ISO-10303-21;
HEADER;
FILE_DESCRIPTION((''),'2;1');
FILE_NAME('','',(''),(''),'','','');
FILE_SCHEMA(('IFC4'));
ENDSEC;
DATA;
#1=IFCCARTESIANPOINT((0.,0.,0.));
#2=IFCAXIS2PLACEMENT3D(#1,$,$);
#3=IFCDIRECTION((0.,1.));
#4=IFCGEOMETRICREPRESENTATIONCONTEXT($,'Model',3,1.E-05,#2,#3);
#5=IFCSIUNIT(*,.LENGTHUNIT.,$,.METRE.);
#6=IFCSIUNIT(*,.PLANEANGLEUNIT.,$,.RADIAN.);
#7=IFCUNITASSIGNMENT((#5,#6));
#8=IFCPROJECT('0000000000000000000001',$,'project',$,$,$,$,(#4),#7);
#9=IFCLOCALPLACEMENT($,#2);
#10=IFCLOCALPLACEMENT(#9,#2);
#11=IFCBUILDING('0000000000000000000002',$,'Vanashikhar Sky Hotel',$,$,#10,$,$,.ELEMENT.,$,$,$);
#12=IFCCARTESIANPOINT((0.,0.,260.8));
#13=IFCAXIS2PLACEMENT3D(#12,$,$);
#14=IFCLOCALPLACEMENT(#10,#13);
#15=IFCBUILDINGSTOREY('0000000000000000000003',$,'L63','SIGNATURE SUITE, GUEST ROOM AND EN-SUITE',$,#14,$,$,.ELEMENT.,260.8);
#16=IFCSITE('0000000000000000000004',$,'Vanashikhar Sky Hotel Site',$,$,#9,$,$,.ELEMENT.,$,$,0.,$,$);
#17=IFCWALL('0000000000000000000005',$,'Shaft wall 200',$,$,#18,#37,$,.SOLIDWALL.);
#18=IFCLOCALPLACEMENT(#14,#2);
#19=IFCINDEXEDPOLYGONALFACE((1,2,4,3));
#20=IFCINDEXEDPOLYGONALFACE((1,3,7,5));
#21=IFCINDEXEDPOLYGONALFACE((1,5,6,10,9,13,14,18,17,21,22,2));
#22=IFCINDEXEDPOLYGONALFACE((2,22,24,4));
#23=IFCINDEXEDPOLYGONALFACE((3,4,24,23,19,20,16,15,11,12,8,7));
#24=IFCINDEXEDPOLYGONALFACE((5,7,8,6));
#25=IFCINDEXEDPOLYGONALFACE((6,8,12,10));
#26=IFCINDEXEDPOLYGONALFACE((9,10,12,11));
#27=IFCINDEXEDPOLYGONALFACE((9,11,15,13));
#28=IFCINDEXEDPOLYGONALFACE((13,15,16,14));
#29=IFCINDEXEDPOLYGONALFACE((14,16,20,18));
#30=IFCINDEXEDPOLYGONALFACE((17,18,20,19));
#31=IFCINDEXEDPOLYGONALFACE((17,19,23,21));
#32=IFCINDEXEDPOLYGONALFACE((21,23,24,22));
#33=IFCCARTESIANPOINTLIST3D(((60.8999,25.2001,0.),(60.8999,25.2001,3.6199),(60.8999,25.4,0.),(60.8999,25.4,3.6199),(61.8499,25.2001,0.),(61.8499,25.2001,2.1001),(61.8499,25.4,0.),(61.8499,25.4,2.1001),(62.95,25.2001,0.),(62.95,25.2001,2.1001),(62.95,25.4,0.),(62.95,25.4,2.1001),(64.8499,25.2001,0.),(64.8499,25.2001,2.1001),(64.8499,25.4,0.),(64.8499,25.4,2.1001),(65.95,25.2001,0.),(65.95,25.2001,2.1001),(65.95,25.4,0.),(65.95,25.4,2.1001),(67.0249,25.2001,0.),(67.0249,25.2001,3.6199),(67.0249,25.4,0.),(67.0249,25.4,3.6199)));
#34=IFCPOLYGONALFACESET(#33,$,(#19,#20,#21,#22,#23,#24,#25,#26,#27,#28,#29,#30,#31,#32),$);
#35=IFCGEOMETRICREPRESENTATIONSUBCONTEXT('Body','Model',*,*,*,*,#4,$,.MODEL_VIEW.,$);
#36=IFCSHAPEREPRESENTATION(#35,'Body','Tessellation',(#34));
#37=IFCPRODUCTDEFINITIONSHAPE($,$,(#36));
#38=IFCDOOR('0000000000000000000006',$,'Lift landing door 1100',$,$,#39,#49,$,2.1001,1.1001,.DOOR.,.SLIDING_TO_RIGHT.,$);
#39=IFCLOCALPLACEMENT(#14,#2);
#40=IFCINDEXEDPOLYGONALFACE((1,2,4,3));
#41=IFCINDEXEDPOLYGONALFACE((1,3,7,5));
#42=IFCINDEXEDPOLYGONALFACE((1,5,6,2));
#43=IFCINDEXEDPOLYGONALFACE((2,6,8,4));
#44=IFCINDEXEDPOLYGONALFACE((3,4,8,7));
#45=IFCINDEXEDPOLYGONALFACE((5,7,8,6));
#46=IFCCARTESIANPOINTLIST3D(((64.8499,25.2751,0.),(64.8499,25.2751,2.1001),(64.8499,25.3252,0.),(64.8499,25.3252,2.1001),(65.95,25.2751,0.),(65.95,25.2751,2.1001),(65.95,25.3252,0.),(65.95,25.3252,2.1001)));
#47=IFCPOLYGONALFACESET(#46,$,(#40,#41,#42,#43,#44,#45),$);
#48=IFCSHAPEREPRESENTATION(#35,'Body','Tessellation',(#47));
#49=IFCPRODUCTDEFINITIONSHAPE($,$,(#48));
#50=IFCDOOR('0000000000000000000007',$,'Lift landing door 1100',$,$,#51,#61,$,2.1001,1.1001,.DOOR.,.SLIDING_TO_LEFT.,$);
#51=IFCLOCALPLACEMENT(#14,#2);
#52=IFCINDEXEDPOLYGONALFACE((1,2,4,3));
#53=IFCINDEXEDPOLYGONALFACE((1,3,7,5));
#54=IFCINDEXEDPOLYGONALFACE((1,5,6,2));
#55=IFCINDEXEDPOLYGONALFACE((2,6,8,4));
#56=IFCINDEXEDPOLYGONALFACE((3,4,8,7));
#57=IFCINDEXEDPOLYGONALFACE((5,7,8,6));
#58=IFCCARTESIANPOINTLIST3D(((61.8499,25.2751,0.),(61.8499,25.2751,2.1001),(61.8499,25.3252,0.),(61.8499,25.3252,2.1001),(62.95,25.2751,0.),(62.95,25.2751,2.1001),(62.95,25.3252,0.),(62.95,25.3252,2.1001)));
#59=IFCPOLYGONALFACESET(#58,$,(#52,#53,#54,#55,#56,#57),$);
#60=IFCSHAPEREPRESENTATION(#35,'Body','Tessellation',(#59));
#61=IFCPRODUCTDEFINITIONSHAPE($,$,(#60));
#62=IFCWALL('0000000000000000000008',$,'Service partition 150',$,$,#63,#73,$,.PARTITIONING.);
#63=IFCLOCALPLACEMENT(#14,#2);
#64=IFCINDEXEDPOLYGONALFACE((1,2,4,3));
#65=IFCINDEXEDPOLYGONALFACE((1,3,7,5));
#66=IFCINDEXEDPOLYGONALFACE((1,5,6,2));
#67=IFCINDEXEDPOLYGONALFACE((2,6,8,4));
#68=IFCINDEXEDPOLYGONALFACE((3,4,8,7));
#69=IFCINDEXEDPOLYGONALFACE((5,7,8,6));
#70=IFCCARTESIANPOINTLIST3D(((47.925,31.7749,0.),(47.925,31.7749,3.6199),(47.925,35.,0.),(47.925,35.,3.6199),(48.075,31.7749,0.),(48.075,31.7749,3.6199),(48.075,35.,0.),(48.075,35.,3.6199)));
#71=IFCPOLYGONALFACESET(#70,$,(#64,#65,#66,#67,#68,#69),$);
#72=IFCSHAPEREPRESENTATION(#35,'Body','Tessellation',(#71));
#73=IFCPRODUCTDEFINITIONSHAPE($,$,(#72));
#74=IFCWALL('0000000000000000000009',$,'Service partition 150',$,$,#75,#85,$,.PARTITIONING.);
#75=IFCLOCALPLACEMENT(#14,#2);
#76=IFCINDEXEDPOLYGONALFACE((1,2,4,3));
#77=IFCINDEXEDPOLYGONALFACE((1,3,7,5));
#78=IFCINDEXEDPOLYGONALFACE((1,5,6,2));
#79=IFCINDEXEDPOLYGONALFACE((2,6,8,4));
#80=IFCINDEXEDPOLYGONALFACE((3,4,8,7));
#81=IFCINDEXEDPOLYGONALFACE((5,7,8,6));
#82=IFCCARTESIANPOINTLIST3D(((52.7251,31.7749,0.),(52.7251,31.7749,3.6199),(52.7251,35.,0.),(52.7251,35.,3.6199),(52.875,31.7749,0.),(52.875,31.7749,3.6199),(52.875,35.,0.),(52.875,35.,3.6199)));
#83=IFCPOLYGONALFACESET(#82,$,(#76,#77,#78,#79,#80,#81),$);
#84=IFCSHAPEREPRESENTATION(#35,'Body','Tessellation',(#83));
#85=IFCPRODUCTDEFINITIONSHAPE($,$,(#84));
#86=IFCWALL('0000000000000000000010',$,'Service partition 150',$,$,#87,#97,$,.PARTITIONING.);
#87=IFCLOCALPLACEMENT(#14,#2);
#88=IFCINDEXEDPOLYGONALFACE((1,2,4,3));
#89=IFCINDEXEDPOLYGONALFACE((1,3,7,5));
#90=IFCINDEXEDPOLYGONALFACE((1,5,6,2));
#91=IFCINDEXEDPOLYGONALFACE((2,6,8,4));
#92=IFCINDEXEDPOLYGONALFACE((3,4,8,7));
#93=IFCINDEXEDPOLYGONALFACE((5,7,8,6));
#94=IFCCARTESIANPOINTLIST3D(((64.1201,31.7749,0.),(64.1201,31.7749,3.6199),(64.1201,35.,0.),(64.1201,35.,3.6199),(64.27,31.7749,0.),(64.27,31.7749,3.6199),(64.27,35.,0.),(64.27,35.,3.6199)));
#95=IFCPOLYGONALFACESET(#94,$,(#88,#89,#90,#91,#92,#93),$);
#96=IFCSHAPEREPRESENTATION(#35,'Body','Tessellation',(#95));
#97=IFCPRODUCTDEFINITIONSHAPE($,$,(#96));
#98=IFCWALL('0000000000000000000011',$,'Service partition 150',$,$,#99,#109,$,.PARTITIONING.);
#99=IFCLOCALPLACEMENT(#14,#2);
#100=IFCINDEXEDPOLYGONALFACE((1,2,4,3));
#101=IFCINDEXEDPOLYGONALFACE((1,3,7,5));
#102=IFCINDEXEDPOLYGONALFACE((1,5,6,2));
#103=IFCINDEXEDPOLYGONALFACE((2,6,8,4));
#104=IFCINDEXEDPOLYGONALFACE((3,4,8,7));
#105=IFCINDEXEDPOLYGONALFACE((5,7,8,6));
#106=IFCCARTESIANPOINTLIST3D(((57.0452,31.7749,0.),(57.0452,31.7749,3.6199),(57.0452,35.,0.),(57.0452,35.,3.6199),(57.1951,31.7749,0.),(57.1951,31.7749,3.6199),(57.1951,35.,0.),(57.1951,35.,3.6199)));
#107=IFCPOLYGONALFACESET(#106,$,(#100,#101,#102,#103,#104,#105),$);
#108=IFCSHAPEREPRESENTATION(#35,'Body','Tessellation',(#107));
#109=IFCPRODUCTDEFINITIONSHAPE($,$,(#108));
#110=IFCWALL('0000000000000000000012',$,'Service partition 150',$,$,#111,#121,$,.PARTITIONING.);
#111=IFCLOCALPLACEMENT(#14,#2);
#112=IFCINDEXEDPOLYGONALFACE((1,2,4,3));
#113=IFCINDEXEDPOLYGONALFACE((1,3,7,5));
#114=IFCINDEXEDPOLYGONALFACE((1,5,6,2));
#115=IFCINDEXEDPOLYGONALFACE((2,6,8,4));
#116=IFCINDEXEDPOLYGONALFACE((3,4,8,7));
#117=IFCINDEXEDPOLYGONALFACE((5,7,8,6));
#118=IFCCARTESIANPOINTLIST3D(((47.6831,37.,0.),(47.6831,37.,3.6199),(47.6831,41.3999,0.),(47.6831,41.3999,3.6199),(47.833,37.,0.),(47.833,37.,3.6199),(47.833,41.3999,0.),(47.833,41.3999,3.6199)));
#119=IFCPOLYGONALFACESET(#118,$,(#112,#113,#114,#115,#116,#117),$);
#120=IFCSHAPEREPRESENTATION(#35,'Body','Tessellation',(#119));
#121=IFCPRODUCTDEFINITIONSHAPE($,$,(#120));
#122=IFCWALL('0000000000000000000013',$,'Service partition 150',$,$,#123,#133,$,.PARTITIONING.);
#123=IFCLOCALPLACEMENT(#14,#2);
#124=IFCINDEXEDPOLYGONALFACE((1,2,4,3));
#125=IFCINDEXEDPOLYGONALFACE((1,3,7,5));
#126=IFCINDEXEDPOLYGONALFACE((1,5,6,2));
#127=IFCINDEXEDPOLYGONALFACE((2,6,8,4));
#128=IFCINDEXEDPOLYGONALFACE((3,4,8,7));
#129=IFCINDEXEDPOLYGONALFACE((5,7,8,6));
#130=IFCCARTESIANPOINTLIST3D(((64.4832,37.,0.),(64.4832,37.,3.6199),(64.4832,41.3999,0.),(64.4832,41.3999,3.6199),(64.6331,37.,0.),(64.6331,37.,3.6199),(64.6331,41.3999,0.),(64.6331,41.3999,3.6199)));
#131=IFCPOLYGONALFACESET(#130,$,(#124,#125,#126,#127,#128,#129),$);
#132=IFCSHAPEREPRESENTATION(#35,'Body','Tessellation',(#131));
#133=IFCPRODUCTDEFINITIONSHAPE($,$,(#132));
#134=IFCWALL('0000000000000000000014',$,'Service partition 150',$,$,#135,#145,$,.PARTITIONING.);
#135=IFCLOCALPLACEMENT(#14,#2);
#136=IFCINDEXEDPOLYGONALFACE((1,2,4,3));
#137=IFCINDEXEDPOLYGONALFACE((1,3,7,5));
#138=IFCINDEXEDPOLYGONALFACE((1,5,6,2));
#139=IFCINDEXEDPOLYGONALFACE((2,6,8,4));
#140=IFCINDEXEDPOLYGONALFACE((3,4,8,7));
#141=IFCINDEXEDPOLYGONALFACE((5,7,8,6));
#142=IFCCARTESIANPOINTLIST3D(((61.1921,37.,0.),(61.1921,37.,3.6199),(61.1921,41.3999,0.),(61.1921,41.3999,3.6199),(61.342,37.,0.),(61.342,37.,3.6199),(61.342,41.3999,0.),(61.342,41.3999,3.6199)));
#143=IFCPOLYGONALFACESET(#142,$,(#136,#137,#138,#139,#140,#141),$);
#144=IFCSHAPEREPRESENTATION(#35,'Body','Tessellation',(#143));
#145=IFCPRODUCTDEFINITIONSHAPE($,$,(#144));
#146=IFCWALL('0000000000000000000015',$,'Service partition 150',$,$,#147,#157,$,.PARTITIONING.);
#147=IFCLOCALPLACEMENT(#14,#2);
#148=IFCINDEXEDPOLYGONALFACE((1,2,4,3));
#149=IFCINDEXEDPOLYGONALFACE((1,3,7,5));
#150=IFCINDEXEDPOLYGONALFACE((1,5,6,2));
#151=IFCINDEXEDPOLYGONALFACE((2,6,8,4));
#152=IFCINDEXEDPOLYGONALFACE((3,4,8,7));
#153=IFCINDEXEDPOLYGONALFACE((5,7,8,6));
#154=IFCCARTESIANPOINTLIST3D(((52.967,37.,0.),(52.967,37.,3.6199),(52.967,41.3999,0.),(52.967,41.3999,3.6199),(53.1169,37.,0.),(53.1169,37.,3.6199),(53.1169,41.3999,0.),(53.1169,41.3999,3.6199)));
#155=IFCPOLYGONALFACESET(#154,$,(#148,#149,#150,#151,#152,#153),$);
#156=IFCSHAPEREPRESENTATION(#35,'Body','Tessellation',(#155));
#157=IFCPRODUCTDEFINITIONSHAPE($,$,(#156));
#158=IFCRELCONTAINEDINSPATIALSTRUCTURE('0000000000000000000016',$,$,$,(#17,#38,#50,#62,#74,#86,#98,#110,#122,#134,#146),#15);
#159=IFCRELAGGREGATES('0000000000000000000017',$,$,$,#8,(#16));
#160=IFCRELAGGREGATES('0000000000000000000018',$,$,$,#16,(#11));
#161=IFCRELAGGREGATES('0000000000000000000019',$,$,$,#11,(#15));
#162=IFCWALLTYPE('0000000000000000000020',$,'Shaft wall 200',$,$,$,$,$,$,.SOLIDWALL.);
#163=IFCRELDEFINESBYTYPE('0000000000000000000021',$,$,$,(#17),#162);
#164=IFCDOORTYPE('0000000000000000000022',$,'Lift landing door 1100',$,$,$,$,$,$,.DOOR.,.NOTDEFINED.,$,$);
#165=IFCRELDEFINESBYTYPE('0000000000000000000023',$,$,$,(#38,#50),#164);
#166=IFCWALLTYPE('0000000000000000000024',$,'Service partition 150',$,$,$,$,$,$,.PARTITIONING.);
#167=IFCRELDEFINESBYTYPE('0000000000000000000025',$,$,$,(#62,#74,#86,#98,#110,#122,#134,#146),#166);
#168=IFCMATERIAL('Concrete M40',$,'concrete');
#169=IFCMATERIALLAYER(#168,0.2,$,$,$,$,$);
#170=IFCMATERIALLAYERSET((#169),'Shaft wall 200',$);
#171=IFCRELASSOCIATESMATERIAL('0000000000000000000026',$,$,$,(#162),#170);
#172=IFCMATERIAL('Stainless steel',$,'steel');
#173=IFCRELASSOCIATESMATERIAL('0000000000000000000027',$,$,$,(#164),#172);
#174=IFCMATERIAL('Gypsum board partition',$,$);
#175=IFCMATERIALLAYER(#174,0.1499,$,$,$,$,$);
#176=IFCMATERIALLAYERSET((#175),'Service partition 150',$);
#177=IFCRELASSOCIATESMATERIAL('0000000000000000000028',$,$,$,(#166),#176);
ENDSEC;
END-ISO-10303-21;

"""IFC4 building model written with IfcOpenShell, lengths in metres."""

from ifc_helpers import new_model, si_unit, direction, frame, frame_2d, origin, place, context, subcontext, project, spatial, rectangle, extrude, source, transform, mapped, material, layer, layer_set, type_object, element, fill, save


model = new_model("IFC4")

# Units and contexts
model_context = context("Model", 3, precision=1e-05, world=origin(), true_north=direction((0.0, 1.0)))
body_context = subcontext(model_context, "Body", "Model", "MODEL_VIEW")
ifc_project = project(units=[si_unit("LENGTHUNIT", "METRE"), si_unit("PLANEANGLEUNIT", "RADIAN")], contexts=[model_context])

# Site, building, storey
site_placement = place(None, origin())
site = spatial("IfcSite", under=ifc_project, at=site_placement, Name="Vanashikhar Sky Hotel Site", CompositionType="ELEMENT", RefElevation=0.0)
building_placement = place(site_placement, origin())
building = spatial("IfcBuilding", under=site, at=building_placement, Name="Vanashikhar Sky Hotel", CompositionType="ELEMENT")
storey_placement = place(building_placement, frame((0.0, 0.0, 260.8)))
storey = spatial("IfcBuildingStorey", under=building, at=storey_placement, Name="L63", Description="SIGNATURE SUITE, GUEST ROOM AND EN-SUITE", CompositionType="ELEMENT", Elevation=260.8)

# Shared definitions
shared_shape_1 = source(origin(), body_context, "Body", "SweptSolid", [
    extrude(rectangle(XDim=1.1001, YDim=2.1001, at=frame_2d((0.55, 1.05))), frame((0.0, 0.0249, 0.0), z_axis=(0.0, -1.0, 0.0), x_axis=(1.0, 0.0, 0.0)), (0.0, 0.0, 1.0), 0.05),
])

# Shared definitions
ifc_material_1 = material(Name="Concrete M40", Category="concrete")
ifc_layer_1 = layer(ifc_material_1, 0.2)
ifc_layer_set_1 = layer_set([ifc_layer_1], Name="Shaft wall 200")
wall_type_1 = type_object("IfcWallType", Name="Shaft wall 200", PredefinedType="SOLIDWALL", material=ifc_layer_set_1)
shared_shape_2 = source(origin(), body_context, "Body", "SweptSolid", [
    extrude(rectangle(XDim=1.1001, YDim=2.1001, at=frame_2d((0.55, 1.05))), frame((0.0, 0.1099, 0.0), z_axis=(0.0, -1.0, 0.0), x_axis=(1.0, 0.0, 0.0)), (0.0, 0.0, 1.0), 0.22),
])
ifc_material_2 = material(Name="Stainless steel", Category="steel")
door_type_1 = type_object("IfcDoorType", Name="Lift landing door 1100", OperationType="NOTDEFINED", PredefinedType="DOOR", material=ifc_material_2)

# Wall, openings, doors
shared_shape_3 = source(origin(), body_context, "Body", "SweptSolid", [
    extrude(rectangle(XDim=6.125, YDim=0.2, at=frame_2d((3.0625, 0.0))), origin(), (0.0, 0.0, 1.0), 3.6199),
])
wall_1_placement = place(storey_placement, frame((67.0249, 25.3, 0.0), z_axis=(0.0, 0.0, 1.0), x_axis=(-1.0, 0.0, 0.0)))
wall_1 = element("IfcWall", 1, at=wall_1_placement, inside=storey, type_object=wall_type_1, Name="Shaft wall 200", PredefinedType="SOLIDWALL", context=body_context, shape_type="MappedRepresentation", body=[
    mapped(shared_shape_3, transform((0.0, 0.0, 0.0), scale=1.0)),
])
opening_1_placement = place(wall_1_placement, frame((1.075, 0.0, 0.0)))
opening_1 = element("IfcOpeningElement", 2, at=opening_1_placement, cuts=wall_1, PredefinedType="OPENING", context=body_context, shape_type="MappedRepresentation", body=[
    mapped(shared_shape_2, transform((0.0, 0.0, 0.0), scale=1.0)),
])
opening_2_placement = place(wall_1_placement, frame((4.075, 0.0, 0.0)))
opening_2 = element("IfcOpeningElement", 3, at=opening_2_placement, cuts=wall_1, PredefinedType="OPENING", context=body_context, shape_type="MappedRepresentation", body=[
    mapped(shared_shape_2, transform((0.0, 0.0, 0.0), scale=1.0)),
])
door_1_placement = place(opening_1_placement, origin())
door_1 = element("IfcDoor", 4, at=door_1_placement, inside=storey, type_object=door_type_1, Name="Lift landing door 1100", OperationType="SLIDING_TO_RIGHT", OverallHeight=2.1001, OverallWidth=1.1001, PredefinedType="DOOR", context=body_context, shape_type="MappedRepresentation", body=[
    mapped(shared_shape_1, transform((0.0, 0.0, 0.0), scale=1.0)),
])
fill(opening_1, door_1)
door_2_placement = place(opening_2_placement, origin())
door_2 = element("IfcDoor", 5, at=door_2_placement, inside=storey, type_object=door_type_1, Name="Lift landing door 1100", OperationType="SLIDING_TO_LEFT", OverallHeight=2.1001, OverallWidth=1.1001, PredefinedType="DOOR", context=body_context, shape_type="MappedRepresentation", body=[
    mapped(shared_shape_1, transform((0.0, 0.0, 0.0), scale=1.0)),
])
fill(opening_2, door_2)

# Walls
ifc_material_3 = material(Name="Gypsum board partition")
ifc_layer_2 = layer(ifc_material_3, 0.1499)
ifc_layer_set_2 = layer_set([ifc_layer_2], Name="Service partition 150")
wall_type_2 = type_object("IfcWallType", Name="Service partition 150", PredefinedType="PARTITIONING", material=ifc_layer_set_2)
shared_shape_4 = source(origin(), body_context, "Body", "SweptSolid", [
    extrude(rectangle(XDim=3.2251, YDim=0.1499, at=frame_2d((1.6125, 0.0))), origin(), (0.0, 0.0, 1.0), 3.6199),
])
for number, where, z_axis, x_axis, name in (
    (6, (48.0, 31.7749, 0.0), (0.0, 0.0, 1.0), (0.0, 1.0, 0.0), "Service partition 150"),
    (7, (52.8, 31.7749, 0.0), (0.0, 0.0, 1.0), (0.0, 1.0, 0.0), "Service partition 150"),
    (8, (64.1951, 31.7749, 0.0), (0.0, 0.0, 1.0), (0.0, 1.0, 0.0), "Service partition 150"),
    (9, (57.1201, 31.7749, 0.0), (0.0, 0.0, 1.0), (0.0, 1.0, 0.0), "Service partition 150"),
):
    element("IfcWall", number, at=place(storey_placement, frame(where, z_axis=z_axis, x_axis=x_axis)), inside=storey, type_object=wall_type_2, Name=name, PredefinedType="PARTITIONING", context=body_context, shape_type="MappedRepresentation", body=[
        mapped(shared_shape_4, transform((0.0, 0.0, 0.0), scale=1.0)),
    ])
shared_shape_5 = source(origin(), body_context, "Body", "SweptSolid", [
    extrude(rectangle(XDim=4.3999, YDim=0.1499, at=frame_2d((2.2, 0.0))), origin(), (0.0, 0.0, 1.0), 3.6199),
])
for number, where, z_axis, x_axis, name in (
    (10, (47.7581, 37.0, 0.0), (0.0, 0.0, 1.0), (0.0, 1.0, 0.0), "Service partition 150"),
    (11, (64.5581, 37.0, 0.0), (0.0, 0.0, 1.0), (0.0, 1.0, 0.0), "Service partition 150"),
    (12, (61.2671, 37.0, 0.0), (0.0, 0.0, 1.0), (0.0, 1.0, 0.0), "Service partition 150"),
    (13, (53.042, 37.0, 0.0), (0.0, 0.0, 1.0), (0.0, 1.0, 0.0), "Service partition 150"),
):
    element("IfcWall", number, at=place(storey_placement, frame(where, z_axis=z_axis, x_axis=x_axis)), inside=storey, type_object=wall_type_2, Name=name, PredefinedType="PARTITIONING", context=body_context, shape_type="MappedRepresentation", body=[
        mapped(shared_shape_5, transform((0.0, 0.0, 0.0), scale=1.0)),
    ])

save(model, "model.ifc")
